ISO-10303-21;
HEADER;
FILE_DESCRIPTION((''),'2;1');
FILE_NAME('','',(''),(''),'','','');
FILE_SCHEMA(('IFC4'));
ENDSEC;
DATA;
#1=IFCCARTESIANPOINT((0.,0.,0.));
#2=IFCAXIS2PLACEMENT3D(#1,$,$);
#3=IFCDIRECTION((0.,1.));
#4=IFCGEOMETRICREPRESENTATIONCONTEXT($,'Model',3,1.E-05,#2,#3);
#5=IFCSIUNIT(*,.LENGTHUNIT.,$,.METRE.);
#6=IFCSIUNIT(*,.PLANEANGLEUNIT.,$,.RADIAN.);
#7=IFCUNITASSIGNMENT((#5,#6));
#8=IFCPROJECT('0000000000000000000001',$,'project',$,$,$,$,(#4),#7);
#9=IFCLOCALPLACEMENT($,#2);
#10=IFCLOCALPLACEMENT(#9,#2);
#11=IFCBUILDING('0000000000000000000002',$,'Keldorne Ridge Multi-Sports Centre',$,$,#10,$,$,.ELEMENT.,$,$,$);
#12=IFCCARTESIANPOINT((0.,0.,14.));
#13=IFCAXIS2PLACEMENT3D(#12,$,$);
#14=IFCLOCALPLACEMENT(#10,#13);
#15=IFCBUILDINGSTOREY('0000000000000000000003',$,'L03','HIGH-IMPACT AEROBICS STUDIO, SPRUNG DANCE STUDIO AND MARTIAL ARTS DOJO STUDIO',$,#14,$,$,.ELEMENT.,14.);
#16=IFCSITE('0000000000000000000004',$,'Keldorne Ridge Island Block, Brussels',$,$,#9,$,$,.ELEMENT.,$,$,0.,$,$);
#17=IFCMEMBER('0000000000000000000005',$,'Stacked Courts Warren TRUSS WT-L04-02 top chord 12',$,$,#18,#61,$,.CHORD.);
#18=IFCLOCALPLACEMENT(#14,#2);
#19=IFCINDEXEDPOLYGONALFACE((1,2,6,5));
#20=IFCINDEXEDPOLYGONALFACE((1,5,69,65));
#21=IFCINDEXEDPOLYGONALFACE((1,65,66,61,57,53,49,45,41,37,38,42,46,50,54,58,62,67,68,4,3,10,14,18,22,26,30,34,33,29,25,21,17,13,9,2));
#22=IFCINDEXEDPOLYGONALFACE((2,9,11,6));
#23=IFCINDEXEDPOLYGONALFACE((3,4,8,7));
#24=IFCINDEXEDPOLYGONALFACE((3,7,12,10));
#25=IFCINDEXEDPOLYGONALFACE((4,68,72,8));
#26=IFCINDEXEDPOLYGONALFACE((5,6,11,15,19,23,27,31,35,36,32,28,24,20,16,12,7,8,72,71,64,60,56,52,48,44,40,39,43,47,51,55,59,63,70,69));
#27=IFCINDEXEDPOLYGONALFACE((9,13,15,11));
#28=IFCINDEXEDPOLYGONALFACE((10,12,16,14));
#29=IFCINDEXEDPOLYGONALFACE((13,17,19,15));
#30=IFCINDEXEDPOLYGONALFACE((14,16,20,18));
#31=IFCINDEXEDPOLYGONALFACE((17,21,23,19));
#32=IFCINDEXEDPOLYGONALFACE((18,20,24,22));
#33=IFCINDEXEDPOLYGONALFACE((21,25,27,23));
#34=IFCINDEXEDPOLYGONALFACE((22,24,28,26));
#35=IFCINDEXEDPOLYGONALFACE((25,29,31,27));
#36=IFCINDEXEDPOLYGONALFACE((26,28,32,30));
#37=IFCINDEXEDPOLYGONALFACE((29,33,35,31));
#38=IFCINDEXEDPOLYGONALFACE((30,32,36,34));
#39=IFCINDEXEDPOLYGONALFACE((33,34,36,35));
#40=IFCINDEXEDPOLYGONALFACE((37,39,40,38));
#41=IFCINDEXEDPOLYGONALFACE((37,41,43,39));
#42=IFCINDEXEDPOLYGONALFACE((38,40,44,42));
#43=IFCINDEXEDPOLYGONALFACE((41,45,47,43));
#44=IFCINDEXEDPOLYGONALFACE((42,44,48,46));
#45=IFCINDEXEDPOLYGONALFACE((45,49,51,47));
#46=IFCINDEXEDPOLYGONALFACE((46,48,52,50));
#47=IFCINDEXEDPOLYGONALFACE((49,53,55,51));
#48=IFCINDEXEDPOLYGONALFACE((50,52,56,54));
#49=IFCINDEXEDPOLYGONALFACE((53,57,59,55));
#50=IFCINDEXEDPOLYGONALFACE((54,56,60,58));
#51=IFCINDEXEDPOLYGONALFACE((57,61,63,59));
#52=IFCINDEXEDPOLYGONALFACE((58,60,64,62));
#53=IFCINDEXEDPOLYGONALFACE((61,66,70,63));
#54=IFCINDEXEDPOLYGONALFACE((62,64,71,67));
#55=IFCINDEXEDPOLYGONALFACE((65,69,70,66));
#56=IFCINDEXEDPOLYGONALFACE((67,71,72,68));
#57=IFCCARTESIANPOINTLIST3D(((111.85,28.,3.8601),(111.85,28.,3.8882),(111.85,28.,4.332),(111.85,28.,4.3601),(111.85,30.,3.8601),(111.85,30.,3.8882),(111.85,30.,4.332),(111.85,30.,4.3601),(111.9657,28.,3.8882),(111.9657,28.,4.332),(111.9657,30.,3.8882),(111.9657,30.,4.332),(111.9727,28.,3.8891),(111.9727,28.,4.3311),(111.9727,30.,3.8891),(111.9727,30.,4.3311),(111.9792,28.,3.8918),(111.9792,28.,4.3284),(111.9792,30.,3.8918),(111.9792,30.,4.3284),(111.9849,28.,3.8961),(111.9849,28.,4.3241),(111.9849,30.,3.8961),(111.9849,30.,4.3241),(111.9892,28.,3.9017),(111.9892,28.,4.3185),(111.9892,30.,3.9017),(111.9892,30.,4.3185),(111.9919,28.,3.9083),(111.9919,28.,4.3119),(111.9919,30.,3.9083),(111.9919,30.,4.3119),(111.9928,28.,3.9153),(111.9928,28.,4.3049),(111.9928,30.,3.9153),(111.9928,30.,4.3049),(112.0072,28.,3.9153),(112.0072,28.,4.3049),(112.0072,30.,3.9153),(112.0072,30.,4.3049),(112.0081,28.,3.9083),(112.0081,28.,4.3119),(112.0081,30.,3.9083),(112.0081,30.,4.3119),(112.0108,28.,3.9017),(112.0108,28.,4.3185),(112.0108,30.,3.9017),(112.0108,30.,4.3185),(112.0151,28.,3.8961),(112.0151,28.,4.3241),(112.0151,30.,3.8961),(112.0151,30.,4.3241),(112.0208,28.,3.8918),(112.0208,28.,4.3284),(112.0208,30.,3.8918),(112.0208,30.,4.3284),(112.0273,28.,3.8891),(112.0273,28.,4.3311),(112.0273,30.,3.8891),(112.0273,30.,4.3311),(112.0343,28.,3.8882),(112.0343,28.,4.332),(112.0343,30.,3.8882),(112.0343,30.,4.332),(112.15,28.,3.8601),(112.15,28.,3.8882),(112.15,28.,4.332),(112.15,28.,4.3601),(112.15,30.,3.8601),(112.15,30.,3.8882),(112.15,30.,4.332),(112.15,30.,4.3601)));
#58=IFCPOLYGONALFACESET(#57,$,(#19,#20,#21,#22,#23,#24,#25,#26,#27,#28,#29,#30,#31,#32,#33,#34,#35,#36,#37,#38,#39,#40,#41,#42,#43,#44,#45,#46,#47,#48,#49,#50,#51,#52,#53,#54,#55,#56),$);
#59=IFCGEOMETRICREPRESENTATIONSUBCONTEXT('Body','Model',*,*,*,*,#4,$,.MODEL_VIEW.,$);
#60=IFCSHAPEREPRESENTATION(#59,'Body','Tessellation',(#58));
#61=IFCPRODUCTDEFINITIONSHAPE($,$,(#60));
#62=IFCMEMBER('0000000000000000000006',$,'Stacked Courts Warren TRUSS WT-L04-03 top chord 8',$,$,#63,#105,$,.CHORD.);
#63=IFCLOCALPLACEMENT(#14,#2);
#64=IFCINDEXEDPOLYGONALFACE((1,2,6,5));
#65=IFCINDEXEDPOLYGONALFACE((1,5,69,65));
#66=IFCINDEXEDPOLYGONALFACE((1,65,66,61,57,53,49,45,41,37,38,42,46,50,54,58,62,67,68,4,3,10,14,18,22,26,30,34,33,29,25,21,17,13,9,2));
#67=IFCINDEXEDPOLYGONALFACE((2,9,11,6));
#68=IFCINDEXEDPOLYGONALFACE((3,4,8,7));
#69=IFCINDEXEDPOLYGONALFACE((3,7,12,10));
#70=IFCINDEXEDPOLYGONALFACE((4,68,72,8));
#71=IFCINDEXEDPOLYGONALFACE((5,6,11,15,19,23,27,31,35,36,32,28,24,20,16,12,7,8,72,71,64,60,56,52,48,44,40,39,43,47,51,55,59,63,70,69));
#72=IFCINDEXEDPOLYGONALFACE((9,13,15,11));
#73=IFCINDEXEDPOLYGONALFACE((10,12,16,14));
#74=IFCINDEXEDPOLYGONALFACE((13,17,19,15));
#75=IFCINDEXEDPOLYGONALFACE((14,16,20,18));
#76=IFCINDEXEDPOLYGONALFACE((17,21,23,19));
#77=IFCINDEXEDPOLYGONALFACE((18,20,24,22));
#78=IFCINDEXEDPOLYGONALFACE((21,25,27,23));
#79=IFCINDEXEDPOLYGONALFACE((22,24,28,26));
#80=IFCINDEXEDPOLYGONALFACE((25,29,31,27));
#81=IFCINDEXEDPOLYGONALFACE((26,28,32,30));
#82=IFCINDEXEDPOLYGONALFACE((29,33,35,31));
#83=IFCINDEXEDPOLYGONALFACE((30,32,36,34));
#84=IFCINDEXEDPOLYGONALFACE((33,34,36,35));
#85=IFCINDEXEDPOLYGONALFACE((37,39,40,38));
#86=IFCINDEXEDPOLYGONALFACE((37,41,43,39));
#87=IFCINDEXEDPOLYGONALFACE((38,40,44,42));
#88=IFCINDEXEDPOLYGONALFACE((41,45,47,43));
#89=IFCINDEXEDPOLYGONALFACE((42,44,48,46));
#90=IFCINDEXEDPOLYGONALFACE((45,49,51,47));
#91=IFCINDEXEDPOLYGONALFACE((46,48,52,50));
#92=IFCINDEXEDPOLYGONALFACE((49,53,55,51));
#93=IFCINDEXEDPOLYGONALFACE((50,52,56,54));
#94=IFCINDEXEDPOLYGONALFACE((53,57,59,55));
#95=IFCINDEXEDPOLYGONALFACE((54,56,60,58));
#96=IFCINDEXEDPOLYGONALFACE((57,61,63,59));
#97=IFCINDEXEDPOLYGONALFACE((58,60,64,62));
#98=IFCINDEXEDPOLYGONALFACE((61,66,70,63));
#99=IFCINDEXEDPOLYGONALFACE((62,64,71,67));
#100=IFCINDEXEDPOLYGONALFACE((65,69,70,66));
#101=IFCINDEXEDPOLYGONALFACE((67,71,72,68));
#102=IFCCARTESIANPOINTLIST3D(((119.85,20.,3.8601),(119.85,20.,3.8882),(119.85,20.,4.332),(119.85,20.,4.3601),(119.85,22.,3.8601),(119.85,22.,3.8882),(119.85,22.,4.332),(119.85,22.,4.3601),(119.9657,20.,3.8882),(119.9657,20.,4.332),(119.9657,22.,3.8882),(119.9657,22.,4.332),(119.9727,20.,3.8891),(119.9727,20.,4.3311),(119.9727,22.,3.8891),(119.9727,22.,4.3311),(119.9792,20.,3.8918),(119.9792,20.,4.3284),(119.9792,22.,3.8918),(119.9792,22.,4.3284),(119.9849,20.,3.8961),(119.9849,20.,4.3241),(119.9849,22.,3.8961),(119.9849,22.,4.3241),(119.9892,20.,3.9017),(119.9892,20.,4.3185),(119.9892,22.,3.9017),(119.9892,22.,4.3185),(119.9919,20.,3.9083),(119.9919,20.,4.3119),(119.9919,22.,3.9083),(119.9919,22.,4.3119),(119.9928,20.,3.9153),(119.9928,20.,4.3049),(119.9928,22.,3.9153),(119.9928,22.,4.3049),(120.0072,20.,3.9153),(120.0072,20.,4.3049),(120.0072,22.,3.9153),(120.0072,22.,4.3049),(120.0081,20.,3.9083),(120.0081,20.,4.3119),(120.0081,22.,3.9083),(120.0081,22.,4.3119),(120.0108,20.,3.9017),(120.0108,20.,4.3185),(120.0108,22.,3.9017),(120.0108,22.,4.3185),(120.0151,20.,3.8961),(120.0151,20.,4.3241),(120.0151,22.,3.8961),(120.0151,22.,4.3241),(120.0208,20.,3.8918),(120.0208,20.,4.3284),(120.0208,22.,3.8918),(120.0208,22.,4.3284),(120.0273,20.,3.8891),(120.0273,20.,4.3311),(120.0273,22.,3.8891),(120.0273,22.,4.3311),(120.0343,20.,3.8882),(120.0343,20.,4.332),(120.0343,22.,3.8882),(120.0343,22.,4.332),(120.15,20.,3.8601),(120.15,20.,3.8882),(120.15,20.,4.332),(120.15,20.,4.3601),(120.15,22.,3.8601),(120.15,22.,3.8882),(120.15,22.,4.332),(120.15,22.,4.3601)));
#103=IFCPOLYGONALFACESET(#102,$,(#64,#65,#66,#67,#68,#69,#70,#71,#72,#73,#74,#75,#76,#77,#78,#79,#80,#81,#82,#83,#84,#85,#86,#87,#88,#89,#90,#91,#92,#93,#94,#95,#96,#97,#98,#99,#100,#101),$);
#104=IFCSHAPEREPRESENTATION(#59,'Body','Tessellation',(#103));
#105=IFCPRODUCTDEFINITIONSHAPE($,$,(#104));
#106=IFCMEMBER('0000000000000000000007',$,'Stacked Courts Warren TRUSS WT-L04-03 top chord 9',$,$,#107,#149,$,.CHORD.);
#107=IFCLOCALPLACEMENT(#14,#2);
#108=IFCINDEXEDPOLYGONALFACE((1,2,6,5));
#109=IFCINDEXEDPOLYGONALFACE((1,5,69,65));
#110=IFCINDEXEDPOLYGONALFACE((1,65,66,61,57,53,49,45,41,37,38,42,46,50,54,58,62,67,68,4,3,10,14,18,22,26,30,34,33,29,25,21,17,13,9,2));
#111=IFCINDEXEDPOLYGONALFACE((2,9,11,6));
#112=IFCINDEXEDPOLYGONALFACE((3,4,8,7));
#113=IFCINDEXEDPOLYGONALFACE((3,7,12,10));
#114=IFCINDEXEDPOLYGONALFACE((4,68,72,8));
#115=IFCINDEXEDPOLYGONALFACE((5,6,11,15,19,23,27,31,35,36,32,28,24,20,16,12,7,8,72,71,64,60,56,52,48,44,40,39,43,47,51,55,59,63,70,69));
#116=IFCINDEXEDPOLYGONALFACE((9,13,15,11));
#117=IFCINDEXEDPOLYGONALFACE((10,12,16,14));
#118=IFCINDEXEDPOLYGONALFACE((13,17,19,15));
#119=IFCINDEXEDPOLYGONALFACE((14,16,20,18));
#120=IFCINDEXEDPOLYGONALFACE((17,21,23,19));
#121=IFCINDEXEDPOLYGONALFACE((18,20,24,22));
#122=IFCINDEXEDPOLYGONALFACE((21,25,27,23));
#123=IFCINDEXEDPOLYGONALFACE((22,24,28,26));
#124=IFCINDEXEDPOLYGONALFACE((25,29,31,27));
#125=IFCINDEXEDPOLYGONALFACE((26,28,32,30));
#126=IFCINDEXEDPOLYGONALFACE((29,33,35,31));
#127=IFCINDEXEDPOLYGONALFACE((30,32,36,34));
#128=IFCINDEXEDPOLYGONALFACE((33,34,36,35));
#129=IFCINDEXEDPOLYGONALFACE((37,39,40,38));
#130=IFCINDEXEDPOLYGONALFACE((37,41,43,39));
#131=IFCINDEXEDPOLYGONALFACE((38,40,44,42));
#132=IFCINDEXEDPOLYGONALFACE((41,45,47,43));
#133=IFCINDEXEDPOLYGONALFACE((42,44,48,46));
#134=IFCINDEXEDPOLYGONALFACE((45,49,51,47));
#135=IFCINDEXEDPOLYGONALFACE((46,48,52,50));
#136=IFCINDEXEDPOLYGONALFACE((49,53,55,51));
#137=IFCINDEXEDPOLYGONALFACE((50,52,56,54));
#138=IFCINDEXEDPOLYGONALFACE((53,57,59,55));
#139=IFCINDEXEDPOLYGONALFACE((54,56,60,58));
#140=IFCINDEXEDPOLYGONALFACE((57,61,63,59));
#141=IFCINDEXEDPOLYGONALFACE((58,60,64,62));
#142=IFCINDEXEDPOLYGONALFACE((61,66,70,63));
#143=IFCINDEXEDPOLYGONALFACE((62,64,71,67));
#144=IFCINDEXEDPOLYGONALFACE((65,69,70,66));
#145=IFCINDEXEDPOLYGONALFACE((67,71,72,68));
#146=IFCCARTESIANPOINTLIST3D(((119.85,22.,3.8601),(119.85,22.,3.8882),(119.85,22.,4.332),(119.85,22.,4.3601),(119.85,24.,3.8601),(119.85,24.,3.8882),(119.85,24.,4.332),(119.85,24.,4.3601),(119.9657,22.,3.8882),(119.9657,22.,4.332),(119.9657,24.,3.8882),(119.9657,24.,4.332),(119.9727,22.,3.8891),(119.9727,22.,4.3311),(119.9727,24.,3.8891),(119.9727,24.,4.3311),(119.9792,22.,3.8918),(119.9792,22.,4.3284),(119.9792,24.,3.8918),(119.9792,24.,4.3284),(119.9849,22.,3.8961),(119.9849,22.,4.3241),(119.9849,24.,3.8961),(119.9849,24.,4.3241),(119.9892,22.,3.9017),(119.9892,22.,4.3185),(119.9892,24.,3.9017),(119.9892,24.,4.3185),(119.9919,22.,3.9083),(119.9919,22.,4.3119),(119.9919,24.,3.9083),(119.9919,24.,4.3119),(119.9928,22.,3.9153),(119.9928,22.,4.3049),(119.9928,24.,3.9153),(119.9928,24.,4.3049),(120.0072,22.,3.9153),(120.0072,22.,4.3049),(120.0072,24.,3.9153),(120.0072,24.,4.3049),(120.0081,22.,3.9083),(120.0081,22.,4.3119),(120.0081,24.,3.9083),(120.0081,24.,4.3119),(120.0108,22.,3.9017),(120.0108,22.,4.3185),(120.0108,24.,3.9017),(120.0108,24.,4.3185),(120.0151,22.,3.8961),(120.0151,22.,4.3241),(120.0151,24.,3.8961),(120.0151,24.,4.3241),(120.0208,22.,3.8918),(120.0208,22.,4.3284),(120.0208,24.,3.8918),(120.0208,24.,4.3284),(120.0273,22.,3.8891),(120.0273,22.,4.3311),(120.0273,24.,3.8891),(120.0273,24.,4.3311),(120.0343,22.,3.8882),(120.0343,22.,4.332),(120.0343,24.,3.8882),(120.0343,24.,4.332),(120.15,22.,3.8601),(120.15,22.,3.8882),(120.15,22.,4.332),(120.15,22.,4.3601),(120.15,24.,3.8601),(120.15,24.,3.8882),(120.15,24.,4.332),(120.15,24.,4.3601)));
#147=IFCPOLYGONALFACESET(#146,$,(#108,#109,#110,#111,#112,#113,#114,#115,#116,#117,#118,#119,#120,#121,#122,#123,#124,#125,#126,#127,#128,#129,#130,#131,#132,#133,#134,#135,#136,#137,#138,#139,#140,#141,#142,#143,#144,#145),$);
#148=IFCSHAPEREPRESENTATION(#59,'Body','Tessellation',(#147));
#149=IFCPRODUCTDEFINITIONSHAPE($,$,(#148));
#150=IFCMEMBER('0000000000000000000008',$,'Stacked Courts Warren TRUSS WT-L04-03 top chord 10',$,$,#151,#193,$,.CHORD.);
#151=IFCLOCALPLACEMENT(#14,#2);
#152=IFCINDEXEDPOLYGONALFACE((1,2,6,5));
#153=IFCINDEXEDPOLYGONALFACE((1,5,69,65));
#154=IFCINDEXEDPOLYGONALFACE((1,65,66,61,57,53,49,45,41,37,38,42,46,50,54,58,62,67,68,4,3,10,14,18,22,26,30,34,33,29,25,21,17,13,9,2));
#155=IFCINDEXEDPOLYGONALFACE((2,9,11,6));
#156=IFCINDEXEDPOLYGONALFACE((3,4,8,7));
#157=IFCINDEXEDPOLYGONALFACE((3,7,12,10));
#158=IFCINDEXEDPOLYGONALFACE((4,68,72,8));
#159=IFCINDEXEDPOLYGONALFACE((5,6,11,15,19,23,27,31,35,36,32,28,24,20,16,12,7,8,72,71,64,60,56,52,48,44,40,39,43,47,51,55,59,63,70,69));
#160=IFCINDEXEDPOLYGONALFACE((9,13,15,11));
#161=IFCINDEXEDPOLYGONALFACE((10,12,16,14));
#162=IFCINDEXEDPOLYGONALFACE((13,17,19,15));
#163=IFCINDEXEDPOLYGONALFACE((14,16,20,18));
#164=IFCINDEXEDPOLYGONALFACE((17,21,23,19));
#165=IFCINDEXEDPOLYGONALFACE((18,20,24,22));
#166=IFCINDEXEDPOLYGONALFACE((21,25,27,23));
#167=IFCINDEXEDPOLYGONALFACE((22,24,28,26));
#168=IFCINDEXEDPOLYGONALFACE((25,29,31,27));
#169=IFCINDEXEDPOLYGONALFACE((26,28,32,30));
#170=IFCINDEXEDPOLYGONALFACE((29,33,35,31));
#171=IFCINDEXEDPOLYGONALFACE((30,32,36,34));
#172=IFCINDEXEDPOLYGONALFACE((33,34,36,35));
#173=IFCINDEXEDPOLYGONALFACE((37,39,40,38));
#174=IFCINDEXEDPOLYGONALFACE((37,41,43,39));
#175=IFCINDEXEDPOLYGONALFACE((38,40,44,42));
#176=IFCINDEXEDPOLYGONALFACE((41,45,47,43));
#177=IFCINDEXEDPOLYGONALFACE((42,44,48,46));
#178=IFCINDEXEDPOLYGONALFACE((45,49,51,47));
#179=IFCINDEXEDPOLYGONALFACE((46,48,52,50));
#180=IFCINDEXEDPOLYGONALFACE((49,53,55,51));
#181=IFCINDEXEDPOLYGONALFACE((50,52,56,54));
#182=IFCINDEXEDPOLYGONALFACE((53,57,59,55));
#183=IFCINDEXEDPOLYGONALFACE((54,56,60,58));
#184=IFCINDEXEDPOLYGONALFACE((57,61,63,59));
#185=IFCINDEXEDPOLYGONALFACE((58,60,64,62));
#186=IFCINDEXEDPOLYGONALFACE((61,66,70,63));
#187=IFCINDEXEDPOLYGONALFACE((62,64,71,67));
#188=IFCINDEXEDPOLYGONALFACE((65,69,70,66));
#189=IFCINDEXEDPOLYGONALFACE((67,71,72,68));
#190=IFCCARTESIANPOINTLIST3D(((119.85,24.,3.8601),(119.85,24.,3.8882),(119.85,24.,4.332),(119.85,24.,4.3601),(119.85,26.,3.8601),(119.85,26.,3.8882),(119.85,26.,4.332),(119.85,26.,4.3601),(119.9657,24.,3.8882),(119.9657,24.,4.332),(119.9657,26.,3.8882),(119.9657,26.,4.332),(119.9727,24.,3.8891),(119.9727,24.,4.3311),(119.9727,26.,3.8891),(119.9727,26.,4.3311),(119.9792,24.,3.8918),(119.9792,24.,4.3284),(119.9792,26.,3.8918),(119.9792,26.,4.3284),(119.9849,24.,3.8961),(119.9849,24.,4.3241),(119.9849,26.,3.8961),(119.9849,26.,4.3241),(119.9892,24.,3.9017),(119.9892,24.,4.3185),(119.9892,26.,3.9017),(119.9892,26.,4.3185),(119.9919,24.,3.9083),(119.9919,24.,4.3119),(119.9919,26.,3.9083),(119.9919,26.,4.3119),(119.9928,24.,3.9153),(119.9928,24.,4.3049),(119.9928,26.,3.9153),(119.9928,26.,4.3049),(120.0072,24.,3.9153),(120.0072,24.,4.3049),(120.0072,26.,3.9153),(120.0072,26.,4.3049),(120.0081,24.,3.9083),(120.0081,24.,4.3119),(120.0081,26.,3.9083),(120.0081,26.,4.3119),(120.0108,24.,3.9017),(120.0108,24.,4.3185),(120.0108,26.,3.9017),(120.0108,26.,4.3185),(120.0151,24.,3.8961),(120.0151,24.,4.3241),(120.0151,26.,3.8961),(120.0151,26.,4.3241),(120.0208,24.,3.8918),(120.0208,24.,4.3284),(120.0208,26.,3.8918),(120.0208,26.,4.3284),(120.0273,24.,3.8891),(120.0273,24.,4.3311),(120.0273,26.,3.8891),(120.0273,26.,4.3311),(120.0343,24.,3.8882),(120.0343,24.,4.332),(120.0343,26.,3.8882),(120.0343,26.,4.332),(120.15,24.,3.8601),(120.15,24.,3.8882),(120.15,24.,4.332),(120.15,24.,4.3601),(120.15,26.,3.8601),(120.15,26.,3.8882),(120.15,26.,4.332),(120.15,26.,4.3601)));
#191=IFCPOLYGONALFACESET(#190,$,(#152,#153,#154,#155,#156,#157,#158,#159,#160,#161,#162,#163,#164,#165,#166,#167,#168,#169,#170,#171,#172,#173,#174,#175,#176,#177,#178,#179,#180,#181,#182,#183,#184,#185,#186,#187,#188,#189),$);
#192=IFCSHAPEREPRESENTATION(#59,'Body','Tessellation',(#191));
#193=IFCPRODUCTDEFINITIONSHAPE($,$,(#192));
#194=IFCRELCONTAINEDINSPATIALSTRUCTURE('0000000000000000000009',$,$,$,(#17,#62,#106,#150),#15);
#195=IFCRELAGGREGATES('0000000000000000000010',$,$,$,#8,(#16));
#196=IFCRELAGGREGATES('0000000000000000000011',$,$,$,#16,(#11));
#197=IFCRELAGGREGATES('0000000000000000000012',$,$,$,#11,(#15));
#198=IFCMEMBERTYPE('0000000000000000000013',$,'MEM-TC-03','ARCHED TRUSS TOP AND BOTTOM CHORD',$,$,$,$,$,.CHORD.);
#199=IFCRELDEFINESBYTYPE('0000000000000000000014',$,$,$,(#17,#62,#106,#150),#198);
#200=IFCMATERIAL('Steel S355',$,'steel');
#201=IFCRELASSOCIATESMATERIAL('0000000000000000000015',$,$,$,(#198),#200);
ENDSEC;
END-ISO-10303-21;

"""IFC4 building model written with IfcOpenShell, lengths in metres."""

from ifc_helpers import new_model, si_unit, direction, frame, origin, origin_2d, place, context, subcontext, project, spatial, i_section, extrude, material, material_profile, profile_set, type_object, element, save


model = new_model("IFC4")

# Units and contexts
model_context = context("Model", 3, precision=1e-05, world=origin(), true_north=direction((0.0, 1.0)))
body_context = subcontext(model_context, "Body", "Model", "MODEL_VIEW")
ifc_project = project(units=[si_unit("LENGTHUNIT", "METRE"), si_unit("PLANEANGLEUNIT", "RADIAN")], contexts=[model_context])

# Site, building, storey
site_placement = place(None, origin())
site = spatial("IfcSite", under=ifc_project, at=site_placement, Name="Keldorne Ridge Island Block, Brussels", CompositionType="ELEMENT", RefElevation=0.0)
building_placement = place(site_placement, origin())
building = spatial("IfcBuilding", under=site, at=building_placement, Name="Keldorne Ridge Multi-Sports Centre", CompositionType="ELEMENT")
storey_placement = place(building_placement, frame((0.0, 0.0, 14.0)))
storey = spatial("IfcBuildingStorey", under=building, at=storey_placement, Name="L03", Description="HIGH-IMPACT AEROBICS STUDIO, SPRUNG DANCE STUDIO AND MARTIAL ARTS DOJO STUDIO", CompositionType="ELEMENT", Elevation=14.0)

# Members
ifc_material = material(Name="Steel S355", Category="steel")
ifc_material_profile_1 = material_profile(ifc_material, i_section(OverallWidth=0.3, OverallDepth=0.5, WebThickness=0.0144, FlangeThickness=0.0281, FilletRadius=0.0271, at=origin_2d()), Name="HEB 500")
ifc_profile_set_1 = profile_set([ifc_material_profile_1], Name="Steel S355")
member_type_1 = type_object("IfcMemberType", Name="MEM-TC-03", Description="ARCHED TRUSS TOP AND BOTTOM CHORD", PredefinedType="CHORD", material=ifc_profile_set_1)
for number, where, z_axis, x_axis, name in (
    (1, (112.0, 28.0, 4.1101), (0.0, 1.0, 0.0), (-1.0, 0.0, 0.0), "Stacked Courts Warren TRUSS WT-L04-02 top chord 12"),
    (2, (120.0, 20.0, 4.1101), (0.0, 1.0, 0.0), (-1.0, 0.0, 0.0), "Stacked Courts Warren TRUSS WT-L04-03 top chord 8"),
    (3, (120.0, 22.0, 4.1101), (0.0, 1.0, 0.0), (-1.0, 0.0, 0.0), "Stacked Courts Warren TRUSS WT-L04-03 top chord 9"),
    (4, (120.0, 24.0, 4.1101), (0.0, 1.0, 0.0), (-1.0, 0.0, 0.0), "Stacked Courts Warren TRUSS WT-L04-03 top chord 10"),
):
    element("IfcMember", number, at=place(storey_placement, frame(where, z_axis=z_axis, x_axis=x_axis)), inside=storey, type_object=member_type_1, Name=name, PredefinedType="CHORD", context=body_context, shape_type="SweptSolid", body=[
        extrude(i_section(OverallWidth=0.3, OverallDepth=0.5, WebThickness=0.0144, FlangeThickness=0.0281, FilletRadius=0.0271, at=origin_2d()), origin(), (0.0, 0.0, 1.0), 2.0),
    ])

save(model, "model.ifc")
